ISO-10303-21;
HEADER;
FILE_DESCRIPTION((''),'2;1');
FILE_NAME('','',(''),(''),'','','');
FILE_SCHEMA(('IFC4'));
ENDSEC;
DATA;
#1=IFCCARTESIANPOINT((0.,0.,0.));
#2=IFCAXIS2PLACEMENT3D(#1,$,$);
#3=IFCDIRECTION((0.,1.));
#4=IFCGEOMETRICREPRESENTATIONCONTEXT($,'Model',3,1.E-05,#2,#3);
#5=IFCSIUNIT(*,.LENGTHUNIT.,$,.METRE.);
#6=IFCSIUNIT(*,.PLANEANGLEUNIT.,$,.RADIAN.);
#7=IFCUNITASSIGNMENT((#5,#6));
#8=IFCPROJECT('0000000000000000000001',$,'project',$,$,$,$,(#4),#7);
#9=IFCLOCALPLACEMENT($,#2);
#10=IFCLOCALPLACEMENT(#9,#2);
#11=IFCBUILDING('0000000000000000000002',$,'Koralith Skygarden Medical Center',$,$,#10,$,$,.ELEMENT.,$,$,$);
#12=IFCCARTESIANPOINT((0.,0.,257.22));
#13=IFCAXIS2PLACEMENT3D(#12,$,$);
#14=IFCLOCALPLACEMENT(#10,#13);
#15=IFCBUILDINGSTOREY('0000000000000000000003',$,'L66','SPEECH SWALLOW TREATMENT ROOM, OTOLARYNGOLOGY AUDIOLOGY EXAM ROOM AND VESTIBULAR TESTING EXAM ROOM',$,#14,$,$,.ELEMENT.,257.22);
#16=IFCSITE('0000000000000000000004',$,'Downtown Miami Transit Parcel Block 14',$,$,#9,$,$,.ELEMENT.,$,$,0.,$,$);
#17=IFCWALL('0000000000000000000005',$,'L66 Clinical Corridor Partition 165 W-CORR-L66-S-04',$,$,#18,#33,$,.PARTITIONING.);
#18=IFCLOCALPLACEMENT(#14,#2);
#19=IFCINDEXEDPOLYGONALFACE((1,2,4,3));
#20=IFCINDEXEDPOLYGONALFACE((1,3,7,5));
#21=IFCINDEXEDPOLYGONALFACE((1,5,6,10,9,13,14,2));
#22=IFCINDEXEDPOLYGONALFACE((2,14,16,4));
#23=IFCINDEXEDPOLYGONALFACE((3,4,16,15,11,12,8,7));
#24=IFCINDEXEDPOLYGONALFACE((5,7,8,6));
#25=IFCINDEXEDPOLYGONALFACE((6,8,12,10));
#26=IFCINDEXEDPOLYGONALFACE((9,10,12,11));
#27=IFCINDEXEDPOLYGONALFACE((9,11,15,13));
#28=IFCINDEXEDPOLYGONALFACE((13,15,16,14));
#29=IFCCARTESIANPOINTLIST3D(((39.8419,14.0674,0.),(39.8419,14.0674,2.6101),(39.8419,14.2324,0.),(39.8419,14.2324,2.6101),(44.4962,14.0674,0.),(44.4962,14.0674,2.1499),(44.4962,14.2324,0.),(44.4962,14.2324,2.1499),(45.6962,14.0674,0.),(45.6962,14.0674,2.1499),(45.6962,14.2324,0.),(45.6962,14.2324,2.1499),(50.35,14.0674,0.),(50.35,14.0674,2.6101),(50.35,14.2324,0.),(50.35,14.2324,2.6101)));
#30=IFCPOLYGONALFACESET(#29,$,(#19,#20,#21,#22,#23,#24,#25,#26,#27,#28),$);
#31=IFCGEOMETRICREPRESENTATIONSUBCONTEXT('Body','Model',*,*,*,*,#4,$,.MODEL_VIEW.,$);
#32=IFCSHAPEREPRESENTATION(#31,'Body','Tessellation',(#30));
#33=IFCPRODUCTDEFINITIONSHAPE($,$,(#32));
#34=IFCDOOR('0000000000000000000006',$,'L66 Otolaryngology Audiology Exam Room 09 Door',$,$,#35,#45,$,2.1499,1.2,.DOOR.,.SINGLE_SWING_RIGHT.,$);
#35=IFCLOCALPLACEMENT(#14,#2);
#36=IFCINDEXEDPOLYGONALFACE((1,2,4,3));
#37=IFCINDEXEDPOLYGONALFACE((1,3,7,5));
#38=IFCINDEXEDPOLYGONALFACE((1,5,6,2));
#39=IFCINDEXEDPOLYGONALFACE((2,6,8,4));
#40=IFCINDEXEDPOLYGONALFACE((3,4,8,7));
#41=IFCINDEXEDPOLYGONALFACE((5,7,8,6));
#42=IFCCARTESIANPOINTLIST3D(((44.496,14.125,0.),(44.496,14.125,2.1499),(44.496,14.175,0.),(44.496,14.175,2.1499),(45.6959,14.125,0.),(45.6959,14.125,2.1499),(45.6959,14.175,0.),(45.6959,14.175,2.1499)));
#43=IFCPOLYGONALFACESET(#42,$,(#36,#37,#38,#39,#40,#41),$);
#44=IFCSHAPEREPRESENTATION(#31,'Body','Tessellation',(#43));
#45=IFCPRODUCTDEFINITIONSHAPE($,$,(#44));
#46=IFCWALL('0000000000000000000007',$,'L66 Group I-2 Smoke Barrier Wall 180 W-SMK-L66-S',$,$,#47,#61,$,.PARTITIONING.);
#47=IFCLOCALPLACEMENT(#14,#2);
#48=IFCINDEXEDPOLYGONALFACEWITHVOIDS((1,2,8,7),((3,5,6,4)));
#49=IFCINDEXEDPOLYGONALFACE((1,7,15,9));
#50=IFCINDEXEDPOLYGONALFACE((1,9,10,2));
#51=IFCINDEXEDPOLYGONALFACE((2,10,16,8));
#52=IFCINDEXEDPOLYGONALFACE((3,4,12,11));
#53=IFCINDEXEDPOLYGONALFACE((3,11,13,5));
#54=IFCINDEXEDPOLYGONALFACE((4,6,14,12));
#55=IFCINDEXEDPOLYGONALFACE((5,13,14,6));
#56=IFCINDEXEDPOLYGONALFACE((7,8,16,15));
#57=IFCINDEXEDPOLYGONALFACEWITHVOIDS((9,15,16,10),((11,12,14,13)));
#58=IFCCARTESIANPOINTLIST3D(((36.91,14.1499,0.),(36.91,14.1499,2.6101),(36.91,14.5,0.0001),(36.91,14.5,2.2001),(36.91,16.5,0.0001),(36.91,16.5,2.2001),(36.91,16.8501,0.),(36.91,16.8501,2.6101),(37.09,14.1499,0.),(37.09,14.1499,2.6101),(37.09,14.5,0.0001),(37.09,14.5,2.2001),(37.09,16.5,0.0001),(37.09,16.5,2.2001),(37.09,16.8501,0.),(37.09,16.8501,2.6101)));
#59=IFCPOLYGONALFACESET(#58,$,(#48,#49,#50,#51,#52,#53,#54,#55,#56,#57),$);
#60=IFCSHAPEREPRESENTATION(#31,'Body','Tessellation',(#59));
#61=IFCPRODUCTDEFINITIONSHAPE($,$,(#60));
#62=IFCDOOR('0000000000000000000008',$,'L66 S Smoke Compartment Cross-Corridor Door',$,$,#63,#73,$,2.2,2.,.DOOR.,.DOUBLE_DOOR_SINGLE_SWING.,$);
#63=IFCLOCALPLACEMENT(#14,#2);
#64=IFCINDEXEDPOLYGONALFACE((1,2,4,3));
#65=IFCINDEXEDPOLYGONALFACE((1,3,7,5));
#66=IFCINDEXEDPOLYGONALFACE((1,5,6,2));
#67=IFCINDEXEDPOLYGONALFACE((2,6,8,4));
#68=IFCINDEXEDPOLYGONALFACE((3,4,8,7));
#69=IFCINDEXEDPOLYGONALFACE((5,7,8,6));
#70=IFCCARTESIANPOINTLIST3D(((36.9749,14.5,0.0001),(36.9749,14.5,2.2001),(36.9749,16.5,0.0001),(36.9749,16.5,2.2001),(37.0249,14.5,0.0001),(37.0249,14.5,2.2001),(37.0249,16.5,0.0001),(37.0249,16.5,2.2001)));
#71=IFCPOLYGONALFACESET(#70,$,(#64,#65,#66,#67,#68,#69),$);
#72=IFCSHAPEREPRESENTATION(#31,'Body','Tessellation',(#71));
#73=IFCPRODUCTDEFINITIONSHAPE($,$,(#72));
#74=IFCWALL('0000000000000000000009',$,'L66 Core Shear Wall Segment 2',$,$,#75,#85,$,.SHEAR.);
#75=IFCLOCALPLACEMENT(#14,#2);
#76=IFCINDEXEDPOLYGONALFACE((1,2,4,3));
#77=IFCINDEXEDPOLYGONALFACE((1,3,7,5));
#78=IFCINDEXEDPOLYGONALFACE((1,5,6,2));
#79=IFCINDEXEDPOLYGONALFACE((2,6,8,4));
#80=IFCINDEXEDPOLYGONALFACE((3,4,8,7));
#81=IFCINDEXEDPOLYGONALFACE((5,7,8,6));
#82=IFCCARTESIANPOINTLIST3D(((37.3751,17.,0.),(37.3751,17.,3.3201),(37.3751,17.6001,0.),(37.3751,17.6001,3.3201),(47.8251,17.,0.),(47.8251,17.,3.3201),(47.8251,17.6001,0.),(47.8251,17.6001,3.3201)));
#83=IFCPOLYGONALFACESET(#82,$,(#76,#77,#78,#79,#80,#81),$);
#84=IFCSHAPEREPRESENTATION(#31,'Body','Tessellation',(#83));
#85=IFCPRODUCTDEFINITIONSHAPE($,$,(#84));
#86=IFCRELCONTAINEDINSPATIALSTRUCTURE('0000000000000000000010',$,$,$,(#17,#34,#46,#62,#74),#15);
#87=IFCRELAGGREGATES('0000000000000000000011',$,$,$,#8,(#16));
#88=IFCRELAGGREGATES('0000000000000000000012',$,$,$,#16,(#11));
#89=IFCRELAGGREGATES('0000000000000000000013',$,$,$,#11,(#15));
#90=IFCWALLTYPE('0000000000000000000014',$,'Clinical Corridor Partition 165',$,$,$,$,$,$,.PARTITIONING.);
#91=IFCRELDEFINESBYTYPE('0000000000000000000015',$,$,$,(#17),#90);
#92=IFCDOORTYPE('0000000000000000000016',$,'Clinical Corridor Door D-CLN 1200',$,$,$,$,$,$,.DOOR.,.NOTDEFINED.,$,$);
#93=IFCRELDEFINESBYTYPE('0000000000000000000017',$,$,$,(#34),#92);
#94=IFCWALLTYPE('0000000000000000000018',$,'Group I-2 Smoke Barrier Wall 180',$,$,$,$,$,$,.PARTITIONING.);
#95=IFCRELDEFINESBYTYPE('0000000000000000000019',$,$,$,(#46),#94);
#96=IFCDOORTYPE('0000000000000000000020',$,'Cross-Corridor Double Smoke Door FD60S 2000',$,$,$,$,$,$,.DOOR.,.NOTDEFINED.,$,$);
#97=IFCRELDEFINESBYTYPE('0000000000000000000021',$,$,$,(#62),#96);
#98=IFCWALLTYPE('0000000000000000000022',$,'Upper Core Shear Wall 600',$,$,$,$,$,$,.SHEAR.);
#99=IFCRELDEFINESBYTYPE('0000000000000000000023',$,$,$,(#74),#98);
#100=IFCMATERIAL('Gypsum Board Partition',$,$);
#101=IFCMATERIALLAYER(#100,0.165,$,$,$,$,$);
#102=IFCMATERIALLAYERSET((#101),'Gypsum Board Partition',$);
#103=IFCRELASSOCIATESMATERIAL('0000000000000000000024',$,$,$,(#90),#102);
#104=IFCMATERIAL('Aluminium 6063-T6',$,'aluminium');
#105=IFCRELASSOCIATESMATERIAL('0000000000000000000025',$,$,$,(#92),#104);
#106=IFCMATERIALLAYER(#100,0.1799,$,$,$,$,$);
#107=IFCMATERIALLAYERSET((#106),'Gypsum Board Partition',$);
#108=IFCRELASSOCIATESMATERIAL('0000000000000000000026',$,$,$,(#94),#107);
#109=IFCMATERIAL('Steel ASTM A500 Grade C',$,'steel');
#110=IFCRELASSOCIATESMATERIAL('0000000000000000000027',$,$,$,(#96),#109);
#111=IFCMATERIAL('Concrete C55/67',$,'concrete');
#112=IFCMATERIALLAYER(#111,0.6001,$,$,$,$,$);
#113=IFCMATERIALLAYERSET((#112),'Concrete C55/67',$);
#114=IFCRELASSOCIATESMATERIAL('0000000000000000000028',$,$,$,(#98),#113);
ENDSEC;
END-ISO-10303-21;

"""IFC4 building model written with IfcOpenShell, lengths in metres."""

from ifc_helpers import new_model, si_unit, direction, frame, frame_2d, origin, place, context, subcontext, project, spatial, rectangle, extrude, material, layer, layer_set, type_object, element, fill, save


model = new_model("IFC4")

# Units and contexts
model_context = context("Model", 3, precision=1e-05, world=origin(), true_north=direction((0.0, 1.0)))
body_context = subcontext(model_context, "Body", "Model", "MODEL_VIEW")
ifc_project = project(units=[si_unit("LENGTHUNIT", "METRE"), si_unit("PLANEANGLEUNIT", "RADIAN")], contexts=[model_context])

# Site, building, storey
site_placement = place(None, origin())
site = spatial("IfcSite", under=ifc_project, at=site_placement, Name="Downtown Miami Transit Parcel Block 14", CompositionType="ELEMENT", RefElevation=0.0)
building_placement = place(site_placement, origin())
building = spatial("IfcBuilding", under=site, at=building_placement, Name="Koralith Skygarden Medical Center", CompositionType="ELEMENT")
storey_placement = place(building_placement, frame((0.0, 0.0, 257.22)))
storey = spatial("IfcBuildingStorey", under=building, at=storey_placement, Name="L66", Description="SPEECH SWALLOW TREATMENT ROOM, OTOLARYNGOLOGY AUDIOLOGY EXAM ROOM AND VESTIBULAR TESTING EXAM ROOM", CompositionType="ELEMENT", Elevation=257.22)

# Shared definitions
ifc_material_1 = material(Name="Concrete C55/67", Category="concrete")

# Shared definitions
ifc_material_2 = material(Name="Aluminium 6063-T6", Category="aluminium")

# Shared definitions
ifc_material_3 = material(Name="Gypsum Board Partition")
ifc_layer_1 = layer(ifc_material_3, 0.165)
ifc_layer_set_1 = layer_set([ifc_layer_1], Name="Gypsum Board Partition")
wall_type_1 = type_object("IfcWallType", Name="Clinical Corridor Partition 165", PredefinedType="PARTITIONING", material=ifc_layer_set_1)

# Walls, openings, doors
wall_1_placement = place(storey_placement, frame((39.842, 14.1499, 0.0), z_axis=(0.0, 0.0, 1.0), x_axis=(1.0, 0.0, 0.0)))
wall_1 = element("IfcWall", 1, at=wall_1_placement, inside=storey, type_object=wall_type_1, Name="L66 Clinical Corridor Partition 165 W-CORR-L66-S-04", PredefinedType="PARTITIONING", context=body_context, shape_type="SweptSolid", body=[
    extrude(rectangle(XDim=10.5081, YDim=0.165, at=frame_2d((5.2539, 0.0))), origin(), (0.0, 0.0, 1.0), 2.6101),
])
opening_1_placement = place(wall_1_placement, frame((4.6541, 0.0, 0.0)))
opening_1 = element("IfcOpeningElement", 2, at=opening_1_placement, cuts=wall_1, PredefinedType="OPENING", context=body_context, shape_type="SweptSolid", body=[
    extrude(rectangle(XDim=1.2, YDim=2.1499, at=frame_2d((0.6001, 1.075))), frame((0.0, 0.0925, 0.0), z_axis=(0.0, -1.0, 0.0), x_axis=(1.0, 0.0, 0.0)), (0.0, 0.0, 1.0), 0.1851),
])
door_type_1 = type_object("IfcDoorType", Name="Clinical Corridor Door D-CLN 1200", OperationType="NOTDEFINED", PredefinedType="DOOR", material=ifc_material_2)
door_1_placement = place(opening_1_placement, frame((1.2, 0.0, 0.0), z_axis=(0.0, 0.0, 1.0), x_axis=(-1.0, 0.0, 0.0)))
door_1 = element("IfcDoor", 3, at=door_1_placement, inside=storey, type_object=door_type_1, Name="L66 Otolaryngology Audiology Exam Room 09 Door", OperationType="SINGLE_SWING_RIGHT", OverallHeight=2.1499, OverallWidth=1.2, PredefinedType="DOOR", context=body_context, shape_type="SweptSolid", body=[
    extrude(rectangle(XDim=1.2, YDim=2.1499, at=frame_2d((0.6001, 1.075))), frame((0.0, 0.0249, 0.0), z_axis=(0.0, -1.0, 0.0), x_axis=(1.0, 0.0, 0.0)), (0.0, 0.0, 1.0), 0.05),
])
fill(opening_1, door_1)
ifc_layer_2 = layer(ifc_material_3, 0.1799)
ifc_layer_set_2 = layer_set([ifc_layer_2], Name="Gypsum Board Partition")
wall_type_2 = type_object("IfcWallType", Name="Group I-2 Smoke Barrier Wall 180", PredefinedType="PARTITIONING", material=ifc_layer_set_2)
wall_2_placement = place(storey_placement, frame((37.0, 14.1499, 0.0), z_axis=(0.0, 0.0, 1.0), x_axis=(0.0, 1.0, 0.0)))
wall_2 = element("IfcWall", 4, at=wall_2_placement, inside=storey, type_object=wall_type_2, Name="L66 Group I-2 Smoke Barrier Wall 180 W-SMK-L66-S", PredefinedType="PARTITIONING", context=body_context, shape_type="SweptSolid", body=[
    extrude(rectangle(XDim=2.7002, YDim=0.1799, at=frame_2d((1.3501, 0.0))), origin(), (0.0, 0.0, 1.0), 2.6101),
])
opening_2_placement = place(wall_2_placement, frame((0.3501, 0.0, 0.0)))
opening_2 = element("IfcOpeningElement", 5, at=opening_2_placement, cuts=wall_2, PredefinedType="OPENING", context=body_context, shape_type="SweptSolid", body=[
    extrude(rectangle(XDim=2.0, YDim=2.2, at=frame_2d((1.0, 1.1001))), frame((0.0, 0.0999, 0.0), z_axis=(0.0, -1.0, 0.0), x_axis=(1.0, 0.0, 0.0)), (0.0, 0.0, 1.0), 0.2),
])
ifc_material_4 = material(Name="Steel ASTM A500 Grade C", Category="steel")
door_type_2 = type_object("IfcDoorType", Name="Cross-Corridor Double Smoke Door FD60S 2000", OperationType="NOTDEFINED", PredefinedType="DOOR", material=ifc_material_4)
door_2_placement = place(opening_2_placement, frame((2.0, 0.0, 0.0), z_axis=(0.0, 0.0, 1.0), x_axis=(-1.0, 0.0, 0.0)))
door_2 = element("IfcDoor", 6, at=door_2_placement, inside=storey, type_object=door_type_2, Name="L66 S Smoke Compartment Cross-Corridor Door", OperationType="DOUBLE_DOOR_SINGLE_SWING", OverallHeight=2.2, OverallWidth=2.0, PredefinedType="DOOR", context=body_context, shape_type="SweptSolid", body=[
    extrude(rectangle(XDim=2.0, YDim=2.2, at=frame_2d((1.0, 1.1001))), frame((0.0, 0.0249, 0.0), z_axis=(0.0, -1.0, 0.0), x_axis=(1.0, 0.0, 0.0)), (0.0, 0.0, 1.0), 0.05),
])
fill(opening_2, door_2)

# Wall
ifc_layer_3 = layer(ifc_material_1, 0.6001)
ifc_layer_set_3 = layer_set([ifc_layer_3], Name="Concrete C55/67")
wall_type_3 = type_object("IfcWallType", Name="Upper Core Shear Wall 600", PredefinedType="SHEAR", material=ifc_layer_set_3)
wall_3_placement = place(storey_placement, frame((37.375, 17.3, 0.0), z_axis=(0.0, 0.0, 1.0), x_axis=(1.0, 0.0, 0.0)))
element("IfcWall", 7, at=wall_3_placement, inside=storey, type_object=wall_type_3, Name="L66 Core Shear Wall Segment 2", PredefinedType="SHEAR", context=body_context, shape_type="SweptSolid", body=[
    extrude(rectangle(XDim=10.45, YDim=0.6001, at=frame_2d((5.2251, 0.0))), origin(), (0.0, 0.0, 1.0), 3.3201),
])

save(model, "model.ifc")
